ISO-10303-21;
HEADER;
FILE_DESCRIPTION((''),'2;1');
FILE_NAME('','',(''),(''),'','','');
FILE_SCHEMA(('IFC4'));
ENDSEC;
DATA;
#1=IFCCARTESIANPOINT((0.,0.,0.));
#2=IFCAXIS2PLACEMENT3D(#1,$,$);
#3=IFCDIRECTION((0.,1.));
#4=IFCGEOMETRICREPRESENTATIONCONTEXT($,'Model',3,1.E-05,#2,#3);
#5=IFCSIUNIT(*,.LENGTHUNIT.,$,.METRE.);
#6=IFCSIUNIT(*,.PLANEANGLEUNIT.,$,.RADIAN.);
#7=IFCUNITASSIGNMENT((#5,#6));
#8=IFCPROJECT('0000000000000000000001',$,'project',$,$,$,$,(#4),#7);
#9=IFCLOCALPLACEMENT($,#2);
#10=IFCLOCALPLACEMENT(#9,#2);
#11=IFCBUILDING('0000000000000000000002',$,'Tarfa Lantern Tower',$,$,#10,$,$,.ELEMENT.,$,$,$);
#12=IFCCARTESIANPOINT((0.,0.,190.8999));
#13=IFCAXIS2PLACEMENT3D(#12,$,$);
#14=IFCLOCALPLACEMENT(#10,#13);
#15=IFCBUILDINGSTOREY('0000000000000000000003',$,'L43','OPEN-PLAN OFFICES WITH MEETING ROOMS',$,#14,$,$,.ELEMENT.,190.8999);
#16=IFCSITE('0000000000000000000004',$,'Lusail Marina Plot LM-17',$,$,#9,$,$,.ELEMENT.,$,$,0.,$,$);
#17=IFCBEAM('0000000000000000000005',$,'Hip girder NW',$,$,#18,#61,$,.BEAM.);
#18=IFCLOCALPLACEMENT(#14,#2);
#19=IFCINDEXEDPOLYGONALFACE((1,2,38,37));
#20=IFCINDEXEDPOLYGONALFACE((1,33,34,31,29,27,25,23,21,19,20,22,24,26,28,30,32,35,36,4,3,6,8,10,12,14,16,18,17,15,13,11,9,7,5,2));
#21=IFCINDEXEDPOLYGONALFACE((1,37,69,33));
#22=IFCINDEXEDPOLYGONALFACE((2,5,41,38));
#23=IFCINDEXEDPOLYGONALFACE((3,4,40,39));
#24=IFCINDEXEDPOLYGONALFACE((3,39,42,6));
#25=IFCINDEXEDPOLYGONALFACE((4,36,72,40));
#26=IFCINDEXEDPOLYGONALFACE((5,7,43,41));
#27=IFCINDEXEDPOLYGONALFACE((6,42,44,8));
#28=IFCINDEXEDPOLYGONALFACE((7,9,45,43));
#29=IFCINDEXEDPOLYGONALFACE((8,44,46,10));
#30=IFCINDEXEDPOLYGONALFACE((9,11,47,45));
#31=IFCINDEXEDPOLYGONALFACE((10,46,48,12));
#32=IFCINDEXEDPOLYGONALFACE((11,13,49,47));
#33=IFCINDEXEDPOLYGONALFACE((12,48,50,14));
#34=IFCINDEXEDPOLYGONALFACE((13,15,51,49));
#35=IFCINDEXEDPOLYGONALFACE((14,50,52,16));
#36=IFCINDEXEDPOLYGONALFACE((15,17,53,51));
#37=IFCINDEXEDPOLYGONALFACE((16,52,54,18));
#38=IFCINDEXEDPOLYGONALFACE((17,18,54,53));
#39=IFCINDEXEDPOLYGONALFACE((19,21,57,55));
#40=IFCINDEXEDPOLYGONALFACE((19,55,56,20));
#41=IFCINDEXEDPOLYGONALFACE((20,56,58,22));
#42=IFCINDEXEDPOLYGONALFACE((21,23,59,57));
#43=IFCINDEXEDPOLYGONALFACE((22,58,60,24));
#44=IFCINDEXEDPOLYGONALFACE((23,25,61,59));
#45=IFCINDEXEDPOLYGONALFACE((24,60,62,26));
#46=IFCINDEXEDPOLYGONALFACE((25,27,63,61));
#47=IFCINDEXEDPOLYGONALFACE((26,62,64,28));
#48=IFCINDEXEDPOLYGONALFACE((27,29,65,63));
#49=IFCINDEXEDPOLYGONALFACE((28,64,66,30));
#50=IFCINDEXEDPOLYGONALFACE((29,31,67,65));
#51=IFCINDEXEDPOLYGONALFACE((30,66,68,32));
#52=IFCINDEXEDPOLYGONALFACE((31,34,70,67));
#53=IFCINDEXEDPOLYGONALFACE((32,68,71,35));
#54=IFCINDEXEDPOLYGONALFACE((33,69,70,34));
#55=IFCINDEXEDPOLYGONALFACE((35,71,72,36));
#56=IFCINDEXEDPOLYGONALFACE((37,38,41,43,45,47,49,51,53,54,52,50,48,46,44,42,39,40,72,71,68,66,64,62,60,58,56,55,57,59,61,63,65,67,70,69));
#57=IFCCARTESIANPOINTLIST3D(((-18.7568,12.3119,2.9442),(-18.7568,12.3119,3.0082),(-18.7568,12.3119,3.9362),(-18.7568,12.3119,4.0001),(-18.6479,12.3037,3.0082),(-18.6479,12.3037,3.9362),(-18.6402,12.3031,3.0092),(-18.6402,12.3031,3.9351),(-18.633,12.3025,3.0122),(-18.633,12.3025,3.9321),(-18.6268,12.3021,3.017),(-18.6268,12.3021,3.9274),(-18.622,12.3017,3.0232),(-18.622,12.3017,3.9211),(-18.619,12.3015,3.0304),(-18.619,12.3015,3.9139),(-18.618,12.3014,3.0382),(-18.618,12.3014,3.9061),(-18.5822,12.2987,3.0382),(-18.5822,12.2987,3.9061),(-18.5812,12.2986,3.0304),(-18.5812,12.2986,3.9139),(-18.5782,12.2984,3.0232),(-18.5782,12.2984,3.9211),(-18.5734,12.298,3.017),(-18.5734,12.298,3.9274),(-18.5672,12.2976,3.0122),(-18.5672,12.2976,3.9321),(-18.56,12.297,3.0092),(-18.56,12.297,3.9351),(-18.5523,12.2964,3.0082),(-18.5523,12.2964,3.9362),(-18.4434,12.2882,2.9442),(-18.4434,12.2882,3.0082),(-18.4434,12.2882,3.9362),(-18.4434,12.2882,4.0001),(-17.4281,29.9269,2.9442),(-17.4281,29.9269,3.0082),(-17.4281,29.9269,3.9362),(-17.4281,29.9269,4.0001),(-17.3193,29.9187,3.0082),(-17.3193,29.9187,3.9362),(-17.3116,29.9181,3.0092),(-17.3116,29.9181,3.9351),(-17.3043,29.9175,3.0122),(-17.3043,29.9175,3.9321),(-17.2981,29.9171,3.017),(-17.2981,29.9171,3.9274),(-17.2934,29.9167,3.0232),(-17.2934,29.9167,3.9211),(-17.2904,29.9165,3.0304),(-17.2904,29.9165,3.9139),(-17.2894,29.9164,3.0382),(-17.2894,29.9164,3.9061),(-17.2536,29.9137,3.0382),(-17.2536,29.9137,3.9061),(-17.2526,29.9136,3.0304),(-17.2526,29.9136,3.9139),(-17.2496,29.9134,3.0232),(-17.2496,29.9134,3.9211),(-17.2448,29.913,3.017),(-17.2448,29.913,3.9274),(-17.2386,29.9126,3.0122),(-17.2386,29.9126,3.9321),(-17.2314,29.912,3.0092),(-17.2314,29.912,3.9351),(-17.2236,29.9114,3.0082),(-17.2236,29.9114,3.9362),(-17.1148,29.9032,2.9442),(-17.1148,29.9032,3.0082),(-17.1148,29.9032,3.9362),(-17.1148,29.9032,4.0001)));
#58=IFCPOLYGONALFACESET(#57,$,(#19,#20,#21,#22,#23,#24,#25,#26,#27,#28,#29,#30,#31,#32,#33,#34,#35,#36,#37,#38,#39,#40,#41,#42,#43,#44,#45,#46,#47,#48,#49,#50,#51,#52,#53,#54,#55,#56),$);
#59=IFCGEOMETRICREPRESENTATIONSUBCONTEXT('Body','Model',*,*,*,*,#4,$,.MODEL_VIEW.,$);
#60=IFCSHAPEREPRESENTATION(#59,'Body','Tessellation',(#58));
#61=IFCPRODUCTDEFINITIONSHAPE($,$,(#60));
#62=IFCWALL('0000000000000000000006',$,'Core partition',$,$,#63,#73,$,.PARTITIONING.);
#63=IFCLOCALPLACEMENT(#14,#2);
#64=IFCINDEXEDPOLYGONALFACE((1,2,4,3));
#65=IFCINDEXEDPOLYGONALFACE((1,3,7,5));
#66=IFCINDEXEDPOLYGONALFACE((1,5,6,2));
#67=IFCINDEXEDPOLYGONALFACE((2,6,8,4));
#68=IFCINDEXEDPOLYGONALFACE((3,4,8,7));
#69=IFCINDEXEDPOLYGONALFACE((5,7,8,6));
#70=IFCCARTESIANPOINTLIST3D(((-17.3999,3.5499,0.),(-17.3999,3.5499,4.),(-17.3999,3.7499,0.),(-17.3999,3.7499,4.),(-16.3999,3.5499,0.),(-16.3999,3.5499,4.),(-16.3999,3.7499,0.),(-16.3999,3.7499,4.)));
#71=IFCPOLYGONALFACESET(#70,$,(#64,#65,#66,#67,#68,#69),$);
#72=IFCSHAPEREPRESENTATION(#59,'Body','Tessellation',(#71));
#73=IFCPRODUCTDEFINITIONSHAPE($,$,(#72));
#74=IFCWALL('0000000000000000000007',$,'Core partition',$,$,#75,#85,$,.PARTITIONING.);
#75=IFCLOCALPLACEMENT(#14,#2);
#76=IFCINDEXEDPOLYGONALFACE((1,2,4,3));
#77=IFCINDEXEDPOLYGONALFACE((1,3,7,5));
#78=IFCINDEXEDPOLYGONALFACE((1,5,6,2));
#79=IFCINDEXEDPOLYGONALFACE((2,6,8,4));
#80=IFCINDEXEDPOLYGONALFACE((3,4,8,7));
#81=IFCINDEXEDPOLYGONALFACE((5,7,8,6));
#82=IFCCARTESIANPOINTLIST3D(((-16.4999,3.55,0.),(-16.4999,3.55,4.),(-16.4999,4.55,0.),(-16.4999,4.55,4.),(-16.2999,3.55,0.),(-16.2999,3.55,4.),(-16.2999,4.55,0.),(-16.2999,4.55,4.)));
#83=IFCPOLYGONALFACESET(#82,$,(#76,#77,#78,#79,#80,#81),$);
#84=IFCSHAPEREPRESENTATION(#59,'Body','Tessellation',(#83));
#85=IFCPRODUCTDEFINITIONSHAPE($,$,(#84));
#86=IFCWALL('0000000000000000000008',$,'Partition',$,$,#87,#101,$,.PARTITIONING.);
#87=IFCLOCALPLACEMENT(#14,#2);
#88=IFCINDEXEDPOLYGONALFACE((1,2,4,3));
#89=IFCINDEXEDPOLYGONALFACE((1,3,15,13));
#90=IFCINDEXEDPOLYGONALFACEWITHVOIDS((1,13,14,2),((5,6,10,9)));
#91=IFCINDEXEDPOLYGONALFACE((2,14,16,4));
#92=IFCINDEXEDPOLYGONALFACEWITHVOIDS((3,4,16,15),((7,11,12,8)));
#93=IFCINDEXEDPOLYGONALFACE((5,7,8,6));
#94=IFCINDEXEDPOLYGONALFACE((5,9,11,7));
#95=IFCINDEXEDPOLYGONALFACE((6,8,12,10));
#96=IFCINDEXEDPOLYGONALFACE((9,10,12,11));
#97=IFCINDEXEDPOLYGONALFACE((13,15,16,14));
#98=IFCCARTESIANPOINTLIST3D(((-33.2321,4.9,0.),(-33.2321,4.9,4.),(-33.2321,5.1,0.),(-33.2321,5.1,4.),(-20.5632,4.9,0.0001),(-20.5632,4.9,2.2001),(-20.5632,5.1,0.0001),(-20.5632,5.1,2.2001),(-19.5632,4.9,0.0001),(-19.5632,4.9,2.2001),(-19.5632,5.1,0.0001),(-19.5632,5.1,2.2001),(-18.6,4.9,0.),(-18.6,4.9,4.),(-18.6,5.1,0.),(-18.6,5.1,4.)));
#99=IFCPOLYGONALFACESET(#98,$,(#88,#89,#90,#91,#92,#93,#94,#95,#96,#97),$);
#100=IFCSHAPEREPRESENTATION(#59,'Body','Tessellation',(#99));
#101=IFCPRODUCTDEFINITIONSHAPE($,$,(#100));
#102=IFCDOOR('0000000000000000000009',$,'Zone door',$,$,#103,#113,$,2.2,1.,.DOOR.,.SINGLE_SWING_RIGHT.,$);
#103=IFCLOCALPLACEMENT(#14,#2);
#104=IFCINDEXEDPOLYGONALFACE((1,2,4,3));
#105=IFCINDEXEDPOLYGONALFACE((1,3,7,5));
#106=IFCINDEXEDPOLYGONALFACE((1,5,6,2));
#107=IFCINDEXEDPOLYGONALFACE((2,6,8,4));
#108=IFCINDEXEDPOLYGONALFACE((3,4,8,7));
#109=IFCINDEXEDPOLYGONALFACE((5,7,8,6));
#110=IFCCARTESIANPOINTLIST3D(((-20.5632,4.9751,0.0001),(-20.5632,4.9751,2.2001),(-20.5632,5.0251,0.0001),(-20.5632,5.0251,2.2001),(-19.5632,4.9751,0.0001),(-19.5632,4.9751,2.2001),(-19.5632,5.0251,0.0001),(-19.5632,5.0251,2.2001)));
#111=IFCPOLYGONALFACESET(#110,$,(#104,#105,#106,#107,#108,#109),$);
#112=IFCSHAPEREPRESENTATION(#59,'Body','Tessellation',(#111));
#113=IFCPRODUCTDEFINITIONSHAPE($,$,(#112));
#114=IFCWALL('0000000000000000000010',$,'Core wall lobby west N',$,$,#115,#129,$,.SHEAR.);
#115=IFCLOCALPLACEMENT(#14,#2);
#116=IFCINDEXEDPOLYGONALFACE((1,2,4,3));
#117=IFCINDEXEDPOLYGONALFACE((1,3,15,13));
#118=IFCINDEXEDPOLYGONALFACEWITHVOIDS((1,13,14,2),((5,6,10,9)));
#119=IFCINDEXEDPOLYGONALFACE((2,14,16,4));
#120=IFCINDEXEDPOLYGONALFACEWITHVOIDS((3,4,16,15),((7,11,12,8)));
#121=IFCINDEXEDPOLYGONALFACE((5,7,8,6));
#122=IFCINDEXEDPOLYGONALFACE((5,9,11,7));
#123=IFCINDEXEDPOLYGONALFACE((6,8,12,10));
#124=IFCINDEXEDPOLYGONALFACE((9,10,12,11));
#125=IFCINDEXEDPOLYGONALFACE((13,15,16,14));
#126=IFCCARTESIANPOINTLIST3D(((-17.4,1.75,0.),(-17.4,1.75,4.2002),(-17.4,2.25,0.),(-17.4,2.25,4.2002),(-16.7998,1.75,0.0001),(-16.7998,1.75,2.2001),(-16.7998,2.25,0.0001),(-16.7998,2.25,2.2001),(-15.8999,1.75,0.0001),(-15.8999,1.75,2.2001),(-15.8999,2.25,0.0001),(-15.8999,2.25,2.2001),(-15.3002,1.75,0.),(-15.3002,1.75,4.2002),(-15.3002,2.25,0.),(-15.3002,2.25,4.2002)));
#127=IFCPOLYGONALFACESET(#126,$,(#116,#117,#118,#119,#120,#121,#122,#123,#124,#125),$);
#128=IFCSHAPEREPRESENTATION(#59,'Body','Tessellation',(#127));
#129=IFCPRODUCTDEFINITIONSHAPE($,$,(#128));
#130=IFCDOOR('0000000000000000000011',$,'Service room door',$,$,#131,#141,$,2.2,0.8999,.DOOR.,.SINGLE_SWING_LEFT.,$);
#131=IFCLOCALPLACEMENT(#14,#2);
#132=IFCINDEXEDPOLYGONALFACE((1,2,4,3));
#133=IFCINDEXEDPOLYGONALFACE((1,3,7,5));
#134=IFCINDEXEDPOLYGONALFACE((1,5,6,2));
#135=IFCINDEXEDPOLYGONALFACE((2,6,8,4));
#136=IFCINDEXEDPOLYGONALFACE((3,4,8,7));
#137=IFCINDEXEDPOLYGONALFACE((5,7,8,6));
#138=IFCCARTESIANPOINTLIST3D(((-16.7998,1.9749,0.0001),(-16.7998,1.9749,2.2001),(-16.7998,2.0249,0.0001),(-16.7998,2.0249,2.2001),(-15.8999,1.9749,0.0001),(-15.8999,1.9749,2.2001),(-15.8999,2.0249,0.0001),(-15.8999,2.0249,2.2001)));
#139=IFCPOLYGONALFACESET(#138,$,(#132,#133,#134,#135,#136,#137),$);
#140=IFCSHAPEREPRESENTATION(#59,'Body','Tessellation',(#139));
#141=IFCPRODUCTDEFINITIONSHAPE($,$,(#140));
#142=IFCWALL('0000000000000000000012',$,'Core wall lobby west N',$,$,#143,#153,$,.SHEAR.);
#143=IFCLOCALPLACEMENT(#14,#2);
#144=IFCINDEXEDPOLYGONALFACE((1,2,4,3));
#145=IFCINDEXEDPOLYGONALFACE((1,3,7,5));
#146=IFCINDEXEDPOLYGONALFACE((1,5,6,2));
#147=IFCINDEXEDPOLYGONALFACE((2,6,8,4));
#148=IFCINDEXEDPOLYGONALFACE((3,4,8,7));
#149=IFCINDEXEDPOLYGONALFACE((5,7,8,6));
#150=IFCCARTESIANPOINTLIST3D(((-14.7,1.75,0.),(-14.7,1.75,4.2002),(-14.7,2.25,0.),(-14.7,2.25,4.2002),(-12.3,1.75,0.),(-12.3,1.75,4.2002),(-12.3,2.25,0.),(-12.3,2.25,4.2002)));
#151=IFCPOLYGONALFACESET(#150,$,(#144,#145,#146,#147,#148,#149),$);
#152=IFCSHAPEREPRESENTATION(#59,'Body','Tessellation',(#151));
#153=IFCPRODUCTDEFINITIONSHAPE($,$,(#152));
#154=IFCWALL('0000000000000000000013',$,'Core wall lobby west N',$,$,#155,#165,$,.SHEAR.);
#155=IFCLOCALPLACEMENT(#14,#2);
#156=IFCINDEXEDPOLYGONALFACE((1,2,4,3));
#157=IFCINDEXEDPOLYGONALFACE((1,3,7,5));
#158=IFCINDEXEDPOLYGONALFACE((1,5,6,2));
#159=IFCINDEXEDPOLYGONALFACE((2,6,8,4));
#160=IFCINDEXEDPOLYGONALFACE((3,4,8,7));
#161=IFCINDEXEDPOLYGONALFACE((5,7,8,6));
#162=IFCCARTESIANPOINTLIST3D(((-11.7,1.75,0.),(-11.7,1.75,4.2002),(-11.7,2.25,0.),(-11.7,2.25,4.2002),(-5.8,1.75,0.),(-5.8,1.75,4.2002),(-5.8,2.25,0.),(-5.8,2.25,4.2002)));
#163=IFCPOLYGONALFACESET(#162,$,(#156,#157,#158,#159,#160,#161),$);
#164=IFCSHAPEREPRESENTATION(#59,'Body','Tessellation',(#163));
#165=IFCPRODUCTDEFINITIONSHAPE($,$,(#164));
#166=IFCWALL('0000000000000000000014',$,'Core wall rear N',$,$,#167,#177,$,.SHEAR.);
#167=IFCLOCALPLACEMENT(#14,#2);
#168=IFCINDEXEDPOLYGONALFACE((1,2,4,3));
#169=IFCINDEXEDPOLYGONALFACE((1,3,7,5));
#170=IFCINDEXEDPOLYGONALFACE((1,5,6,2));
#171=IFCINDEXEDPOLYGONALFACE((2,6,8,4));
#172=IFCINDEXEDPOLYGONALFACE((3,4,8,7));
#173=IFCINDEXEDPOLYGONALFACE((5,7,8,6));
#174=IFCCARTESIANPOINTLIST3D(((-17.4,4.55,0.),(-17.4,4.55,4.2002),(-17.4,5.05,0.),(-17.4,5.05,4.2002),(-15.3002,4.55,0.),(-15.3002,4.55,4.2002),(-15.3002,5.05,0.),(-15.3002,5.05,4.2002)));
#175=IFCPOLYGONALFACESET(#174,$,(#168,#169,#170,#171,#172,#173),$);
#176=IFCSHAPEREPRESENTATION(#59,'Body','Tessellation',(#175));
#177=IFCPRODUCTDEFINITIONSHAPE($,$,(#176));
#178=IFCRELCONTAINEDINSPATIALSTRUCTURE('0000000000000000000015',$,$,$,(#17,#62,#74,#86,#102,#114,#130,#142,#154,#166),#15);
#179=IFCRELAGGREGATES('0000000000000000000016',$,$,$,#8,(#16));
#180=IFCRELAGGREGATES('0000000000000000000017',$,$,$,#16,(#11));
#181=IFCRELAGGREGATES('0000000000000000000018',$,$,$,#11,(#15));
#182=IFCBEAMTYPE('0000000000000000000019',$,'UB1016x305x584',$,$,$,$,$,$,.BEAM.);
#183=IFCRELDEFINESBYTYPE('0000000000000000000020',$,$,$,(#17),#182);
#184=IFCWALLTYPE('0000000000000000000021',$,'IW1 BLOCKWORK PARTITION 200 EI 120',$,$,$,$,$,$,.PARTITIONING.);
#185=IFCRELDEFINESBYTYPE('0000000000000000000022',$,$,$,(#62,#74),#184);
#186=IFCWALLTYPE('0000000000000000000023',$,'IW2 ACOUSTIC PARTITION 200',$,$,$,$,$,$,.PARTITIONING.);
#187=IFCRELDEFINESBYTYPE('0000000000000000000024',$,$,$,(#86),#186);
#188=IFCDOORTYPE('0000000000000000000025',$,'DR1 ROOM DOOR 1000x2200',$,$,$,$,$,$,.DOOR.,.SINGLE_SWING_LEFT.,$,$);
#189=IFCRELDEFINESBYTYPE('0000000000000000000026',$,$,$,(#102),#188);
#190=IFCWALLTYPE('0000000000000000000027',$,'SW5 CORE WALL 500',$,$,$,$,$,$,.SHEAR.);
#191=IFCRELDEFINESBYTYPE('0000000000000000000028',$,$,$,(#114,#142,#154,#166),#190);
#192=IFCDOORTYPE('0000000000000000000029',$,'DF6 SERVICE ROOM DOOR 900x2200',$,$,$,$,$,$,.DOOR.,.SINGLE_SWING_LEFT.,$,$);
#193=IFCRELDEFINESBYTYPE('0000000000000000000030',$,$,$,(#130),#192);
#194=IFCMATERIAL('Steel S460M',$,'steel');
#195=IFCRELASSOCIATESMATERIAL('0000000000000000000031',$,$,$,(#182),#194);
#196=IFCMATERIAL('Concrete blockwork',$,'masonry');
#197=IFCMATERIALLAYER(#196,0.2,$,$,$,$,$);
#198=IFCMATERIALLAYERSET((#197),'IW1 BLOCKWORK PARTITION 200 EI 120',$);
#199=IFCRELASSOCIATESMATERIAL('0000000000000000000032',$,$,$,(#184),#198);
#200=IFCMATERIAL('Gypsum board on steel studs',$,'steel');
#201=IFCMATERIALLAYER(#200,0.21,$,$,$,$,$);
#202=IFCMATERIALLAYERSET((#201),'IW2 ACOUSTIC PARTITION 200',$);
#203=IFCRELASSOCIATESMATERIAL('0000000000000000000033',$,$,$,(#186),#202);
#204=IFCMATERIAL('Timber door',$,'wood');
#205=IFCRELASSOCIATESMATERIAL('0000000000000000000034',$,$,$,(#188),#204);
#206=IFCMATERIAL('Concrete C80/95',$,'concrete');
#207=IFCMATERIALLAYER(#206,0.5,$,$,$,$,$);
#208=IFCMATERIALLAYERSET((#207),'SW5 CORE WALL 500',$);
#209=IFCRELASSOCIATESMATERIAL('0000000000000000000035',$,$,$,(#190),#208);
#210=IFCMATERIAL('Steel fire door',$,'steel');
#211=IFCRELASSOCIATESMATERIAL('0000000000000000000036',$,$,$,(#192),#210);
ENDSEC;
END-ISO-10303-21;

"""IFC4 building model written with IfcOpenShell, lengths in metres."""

from ifc_helpers import new_model, si_unit, direction, frame, frame_2d, origin, origin_2d, place, context, subcontext, project, spatial, rectangle, i_section, extrude, material, layer, layer_set, material_profile, profile_set, type_object, element, fill, save


model = new_model("IFC4")

# Units and contexts
model_context = context("Model", 3, precision=1e-05, world=origin(), true_north=direction((0.0, 1.0)))
body_context = subcontext(model_context, "Body", "Model", "MODEL_VIEW")
ifc_project = project(units=[si_unit("LENGTHUNIT", "METRE"), si_unit("PLANEANGLEUNIT", "RADIAN")], contexts=[model_context])

# Site, building, storey
site_placement = place(None, origin())
site = spatial("IfcSite", under=ifc_project, at=site_placement, Name="Lusail Marina Plot LM-17", CompositionType="ELEMENT", RefElevation=0.0)
building_placement = place(site_placement, origin())
building = spatial("IfcBuilding", under=site, at=building_placement, Name="Tarfa Lantern Tower", CompositionType="ELEMENT")
storey_placement = place(building_placement, frame((0.0, 0.0, 190.8999)))
storey = spatial("IfcBuildingStorey", under=building, at=storey_placement, Name="L43", Description="OPEN-PLAN OFFICES WITH MEETING ROOMS", CompositionType="ELEMENT", Elevation=190.8999)

# Beam
ifc_material_1 = material(Name="Steel S460M", Category="steel")
ifc_material_profile = material_profile(ifc_material_1, i_section(OverallWidth=0.3142, OverallDepth=1.0559, WebThickness=0.0359, FlangeThickness=0.064, FilletRadius=0.03, at=origin_2d()), Name="UB1016x305x584")
ifc_profile_set = profile_set([ifc_material_profile], Name="Steel S460M")
beam_type = type_object("IfcBeamType", Name="UB1016x305x584", PredefinedType="BEAM", material=ifc_profile_set)
beam_placement = place(storey_placement, frame((-18.6001, 12.3, 3.4722), z_axis=(0.075212, 0.997168, 0.0), x_axis=(-0.997168, 0.075212, 0.0)))
element("IfcBeam", 1, at=beam_placement, inside=storey, type_object=beam_type, Name="Hip girder NW", PredefinedType="BEAM", context=body_context, shape_type="SweptSolid", body=[
    extrude(i_section(OverallWidth=0.3142, OverallDepth=1.0559, WebThickness=0.0359, FlangeThickness=0.064, FilletRadius=0.03, at=origin_2d()), origin(), (0.0, 0.0, 1.0), 17.665),
])

# Walls
ifc_material_2 = material(Name="Concrete blockwork", Category="masonry")
ifc_layer_1 = layer(ifc_material_2, 0.2)
ifc_layer_set_1 = layer_set([ifc_layer_1], Name="IW1 BLOCKWORK PARTITION 200 EI 120")
wall_type_1 = type_object("IfcWallType", Name="IW1 BLOCKWORK PARTITION 200 EI 120", PredefinedType="PARTITIONING", material=ifc_layer_set_1)
for number, where, z_axis, x_axis, name in (
    (2, (-17.3999, 3.6499, 0.0), (0.0, 0.0, 1.0), (1.0, 0.0, 0.0), "Core partition"),
    (3, (-16.3999, 3.55, 0.0), (0.0, 0.0, 1.0), (0.0, 1.0, 0.0), "Core partition"),
):
    element("IfcWall", number, at=place(storey_placement, frame(where, z_axis=z_axis, x_axis=x_axis)), inside=storey, type_object=wall_type_1, Name=name, PredefinedType="PARTITIONING", context=body_context, shape_type="SweptSolid", body=[
        extrude(rectangle(XDim=1.0, YDim=0.2, at=frame_2d((0.5, 0.0))), origin(), (0.0, 0.0, 1.0), 4.0),
    ])

# Walls, openings, doors
ifc_material_3 = material(Name="Gypsum board on steel studs", Category="steel")
ifc_layer_2 = layer(ifc_material_3, 0.21)
ifc_layer_set_2 = layer_set([ifc_layer_2], Name="IW2 ACOUSTIC PARTITION 200")
wall_type_2 = type_object("IfcWallType", Name="IW2 ACOUSTIC PARTITION 200", PredefinedType="PARTITIONING", material=ifc_layer_set_2)
wall_1_placement = place(storey_placement, frame((-18.6001, 5.0, 0.0), z_axis=(0.0, 0.0, 1.0), x_axis=(-1.0, 0.0, 0.0)))
wall_1 = element("IfcWall", 4, at=wall_1_placement, inside=storey, type_object=wall_type_2, Name="Partition", PredefinedType="PARTITIONING", context=body_context, shape_type="SweptSolid", body=[
    extrude(rectangle(XDim=14.6321, YDim=0.2, at=frame_2d((7.3159, 0.0))), origin(), (0.0, 0.0, 1.0), 4.0),
])
opening_1_placement = place(wall_1_placement, frame((0.9631, 0.0, 0.0)))
opening_1 = element("IfcOpeningElement", 5, at=opening_1_placement, cuts=wall_1, PredefinedType="OPENING", context=body_context, shape_type="SweptSolid", body=[
    extrude(rectangle(XDim=1.0, YDim=2.2, at=frame_2d((0.5, 1.1001))), frame((0.0, 0.1099, 0.0), z_axis=(0.0, -1.0, 0.0), x_axis=(1.0, 0.0, 0.0)), (0.0, 0.0, 1.0), 0.22),
])
ifc_material_4 = material(Name="Timber door", Category="wood")
door_type_1 = type_object("IfcDoorType", Name="DR1 ROOM DOOR 1000x2200", OperationType="SINGLE_SWING_LEFT", PredefinedType="DOOR", material=ifc_material_4)
door_1_placement = place(opening_1_placement, origin())
door_1 = element("IfcDoor", 6, at=door_1_placement, inside=storey, type_object=door_type_1, Name="Zone door", OperationType="SINGLE_SWING_RIGHT", OverallHeight=2.2, OverallWidth=1.0, PredefinedType="DOOR", context=body_context, shape_type="SweptSolid", body=[
    extrude(rectangle(XDim=1.0, YDim=2.2, at=frame_2d((0.5, 1.1001))), frame((0.0, 0.0249, 0.0), z_axis=(0.0, -1.0, 0.0), x_axis=(1.0, 0.0, 0.0)), (0.0, 0.0, 1.0), 0.05),
])
fill(opening_1, door_1)
ifc_material_5 = material(Name="Concrete C80/95", Category="concrete")
ifc_material_6 = material(Name="Steel fire door", Category="steel")
ifc_layer_3 = layer(ifc_material_5, 0.5)
ifc_layer_set_3 = layer_set([ifc_layer_3], Name="SW5 CORE WALL 500")
wall_type_3 = type_object("IfcWallType", Name="SW5 CORE WALL 500", PredefinedType="SHEAR", material=ifc_layer_set_3)
wall_2_placement = place(storey_placement, frame((-17.3999, 2.0, 0.0), z_axis=(0.0, 0.0, 1.0), x_axis=(1.0, 0.0, 0.0)))
wall_2 = element("IfcWall", 7, at=wall_2_placement, inside=storey, type_object=wall_type_3, Name="Core wall lobby west N", PredefinedType="SHEAR", context=body_context, shape_type="SweptSolid", body=[
    extrude(rectangle(XDim=2.0999, YDim=0.5, at=frame_2d((1.0498, 0.0))), origin(), (0.0, 0.0, 1.0), 4.2002),
])
opening_2_placement = place(wall_2_placement, frame((0.6001, 0.0, 0.0)))
opening_2 = element("IfcOpeningElement", 8, at=opening_2_placement, cuts=wall_2, PredefinedType="OPENING", context=body_context, shape_type="SweptSolid", body=[
    extrude(rectangle(XDim=0.8999, YDim=2.2, at=frame_2d((0.45, 1.1001))), frame((0.0, 0.26, 0.0), z_axis=(0.0, -1.0, 0.0), x_axis=(1.0, 0.0, 0.0)), (0.0, 0.0, 1.0), 0.52),
])
door_type_2 = type_object("IfcDoorType", Name="DF6 SERVICE ROOM DOOR 900x2200", OperationType="SINGLE_SWING_LEFT", PredefinedType="DOOR", material=ifc_material_6)
door_2_placement = place(opening_2_placement, origin())
door_2 = element("IfcDoor", 9, at=door_2_placement, inside=storey, type_object=door_type_2, Name="Service room door", OperationType="SINGLE_SWING_LEFT", OverallHeight=2.2, OverallWidth=0.8999, PredefinedType="DOOR", context=body_context, shape_type="SweptSolid", body=[
    extrude(rectangle(XDim=0.8999, YDim=2.2, at=frame_2d((0.45, 1.1001))), frame((0.0, 0.0249, 0.0), z_axis=(0.0, -1.0, 0.0), x_axis=(1.0, 0.0, 0.0)), (0.0, 0.0, 1.0), 0.05),
])
fill(opening_2, door_2)

# Walls
wall_3_placement = place(storey_placement, frame((-14.7, 2.0, 0.0), z_axis=(0.0, 0.0, 1.0), x_axis=(1.0, 0.0, 0.0)))
element("IfcWall", 10, at=wall_3_placement, inside=storey, type_object=wall_type_3, Name="Core wall lobby west N", PredefinedType="SHEAR", context=body_context, shape_type="SweptSolid", body=[
    extrude(rectangle(XDim=2.3999, YDim=0.5, at=frame_2d((1.2, 0.0))), origin(), (0.0, 0.0, 1.0), 4.2002),
])
wall_4_placement = place(storey_placement, frame((-11.7, 2.0, 0.0), z_axis=(0.0, 0.0, 1.0), x_axis=(1.0, 0.0, 0.0)))
element("IfcWall", 11, at=wall_4_placement, inside=storey, type_object=wall_type_3, Name="Core wall lobby west N", PredefinedType="SHEAR", context=body_context, shape_type="SweptSolid", body=[
    extrude(rectangle(XDim=5.8999, YDim=0.5, at=frame_2d((2.95, 0.0))), origin(), (0.0, 0.0, 1.0), 4.2002),
])
wall_5_placement = place(storey_placement, frame((-17.3999, 4.8, 0.0), z_axis=(0.0, 0.0, 1.0), x_axis=(1.0, 0.0, 0.0)))
element("IfcWall", 12, at=wall_5_placement, inside=storey, type_object=wall_type_3, Name="Core wall rear N", PredefinedType="SHEAR", context=body_context, shape_type="SweptSolid", body=[
    extrude(rectangle(XDim=2.0999, YDim=0.5, at=frame_2d((1.0498, 0.0))), origin(), (0.0, 0.0, 1.0), 4.2002),
])

save(model, "model.ifc")
